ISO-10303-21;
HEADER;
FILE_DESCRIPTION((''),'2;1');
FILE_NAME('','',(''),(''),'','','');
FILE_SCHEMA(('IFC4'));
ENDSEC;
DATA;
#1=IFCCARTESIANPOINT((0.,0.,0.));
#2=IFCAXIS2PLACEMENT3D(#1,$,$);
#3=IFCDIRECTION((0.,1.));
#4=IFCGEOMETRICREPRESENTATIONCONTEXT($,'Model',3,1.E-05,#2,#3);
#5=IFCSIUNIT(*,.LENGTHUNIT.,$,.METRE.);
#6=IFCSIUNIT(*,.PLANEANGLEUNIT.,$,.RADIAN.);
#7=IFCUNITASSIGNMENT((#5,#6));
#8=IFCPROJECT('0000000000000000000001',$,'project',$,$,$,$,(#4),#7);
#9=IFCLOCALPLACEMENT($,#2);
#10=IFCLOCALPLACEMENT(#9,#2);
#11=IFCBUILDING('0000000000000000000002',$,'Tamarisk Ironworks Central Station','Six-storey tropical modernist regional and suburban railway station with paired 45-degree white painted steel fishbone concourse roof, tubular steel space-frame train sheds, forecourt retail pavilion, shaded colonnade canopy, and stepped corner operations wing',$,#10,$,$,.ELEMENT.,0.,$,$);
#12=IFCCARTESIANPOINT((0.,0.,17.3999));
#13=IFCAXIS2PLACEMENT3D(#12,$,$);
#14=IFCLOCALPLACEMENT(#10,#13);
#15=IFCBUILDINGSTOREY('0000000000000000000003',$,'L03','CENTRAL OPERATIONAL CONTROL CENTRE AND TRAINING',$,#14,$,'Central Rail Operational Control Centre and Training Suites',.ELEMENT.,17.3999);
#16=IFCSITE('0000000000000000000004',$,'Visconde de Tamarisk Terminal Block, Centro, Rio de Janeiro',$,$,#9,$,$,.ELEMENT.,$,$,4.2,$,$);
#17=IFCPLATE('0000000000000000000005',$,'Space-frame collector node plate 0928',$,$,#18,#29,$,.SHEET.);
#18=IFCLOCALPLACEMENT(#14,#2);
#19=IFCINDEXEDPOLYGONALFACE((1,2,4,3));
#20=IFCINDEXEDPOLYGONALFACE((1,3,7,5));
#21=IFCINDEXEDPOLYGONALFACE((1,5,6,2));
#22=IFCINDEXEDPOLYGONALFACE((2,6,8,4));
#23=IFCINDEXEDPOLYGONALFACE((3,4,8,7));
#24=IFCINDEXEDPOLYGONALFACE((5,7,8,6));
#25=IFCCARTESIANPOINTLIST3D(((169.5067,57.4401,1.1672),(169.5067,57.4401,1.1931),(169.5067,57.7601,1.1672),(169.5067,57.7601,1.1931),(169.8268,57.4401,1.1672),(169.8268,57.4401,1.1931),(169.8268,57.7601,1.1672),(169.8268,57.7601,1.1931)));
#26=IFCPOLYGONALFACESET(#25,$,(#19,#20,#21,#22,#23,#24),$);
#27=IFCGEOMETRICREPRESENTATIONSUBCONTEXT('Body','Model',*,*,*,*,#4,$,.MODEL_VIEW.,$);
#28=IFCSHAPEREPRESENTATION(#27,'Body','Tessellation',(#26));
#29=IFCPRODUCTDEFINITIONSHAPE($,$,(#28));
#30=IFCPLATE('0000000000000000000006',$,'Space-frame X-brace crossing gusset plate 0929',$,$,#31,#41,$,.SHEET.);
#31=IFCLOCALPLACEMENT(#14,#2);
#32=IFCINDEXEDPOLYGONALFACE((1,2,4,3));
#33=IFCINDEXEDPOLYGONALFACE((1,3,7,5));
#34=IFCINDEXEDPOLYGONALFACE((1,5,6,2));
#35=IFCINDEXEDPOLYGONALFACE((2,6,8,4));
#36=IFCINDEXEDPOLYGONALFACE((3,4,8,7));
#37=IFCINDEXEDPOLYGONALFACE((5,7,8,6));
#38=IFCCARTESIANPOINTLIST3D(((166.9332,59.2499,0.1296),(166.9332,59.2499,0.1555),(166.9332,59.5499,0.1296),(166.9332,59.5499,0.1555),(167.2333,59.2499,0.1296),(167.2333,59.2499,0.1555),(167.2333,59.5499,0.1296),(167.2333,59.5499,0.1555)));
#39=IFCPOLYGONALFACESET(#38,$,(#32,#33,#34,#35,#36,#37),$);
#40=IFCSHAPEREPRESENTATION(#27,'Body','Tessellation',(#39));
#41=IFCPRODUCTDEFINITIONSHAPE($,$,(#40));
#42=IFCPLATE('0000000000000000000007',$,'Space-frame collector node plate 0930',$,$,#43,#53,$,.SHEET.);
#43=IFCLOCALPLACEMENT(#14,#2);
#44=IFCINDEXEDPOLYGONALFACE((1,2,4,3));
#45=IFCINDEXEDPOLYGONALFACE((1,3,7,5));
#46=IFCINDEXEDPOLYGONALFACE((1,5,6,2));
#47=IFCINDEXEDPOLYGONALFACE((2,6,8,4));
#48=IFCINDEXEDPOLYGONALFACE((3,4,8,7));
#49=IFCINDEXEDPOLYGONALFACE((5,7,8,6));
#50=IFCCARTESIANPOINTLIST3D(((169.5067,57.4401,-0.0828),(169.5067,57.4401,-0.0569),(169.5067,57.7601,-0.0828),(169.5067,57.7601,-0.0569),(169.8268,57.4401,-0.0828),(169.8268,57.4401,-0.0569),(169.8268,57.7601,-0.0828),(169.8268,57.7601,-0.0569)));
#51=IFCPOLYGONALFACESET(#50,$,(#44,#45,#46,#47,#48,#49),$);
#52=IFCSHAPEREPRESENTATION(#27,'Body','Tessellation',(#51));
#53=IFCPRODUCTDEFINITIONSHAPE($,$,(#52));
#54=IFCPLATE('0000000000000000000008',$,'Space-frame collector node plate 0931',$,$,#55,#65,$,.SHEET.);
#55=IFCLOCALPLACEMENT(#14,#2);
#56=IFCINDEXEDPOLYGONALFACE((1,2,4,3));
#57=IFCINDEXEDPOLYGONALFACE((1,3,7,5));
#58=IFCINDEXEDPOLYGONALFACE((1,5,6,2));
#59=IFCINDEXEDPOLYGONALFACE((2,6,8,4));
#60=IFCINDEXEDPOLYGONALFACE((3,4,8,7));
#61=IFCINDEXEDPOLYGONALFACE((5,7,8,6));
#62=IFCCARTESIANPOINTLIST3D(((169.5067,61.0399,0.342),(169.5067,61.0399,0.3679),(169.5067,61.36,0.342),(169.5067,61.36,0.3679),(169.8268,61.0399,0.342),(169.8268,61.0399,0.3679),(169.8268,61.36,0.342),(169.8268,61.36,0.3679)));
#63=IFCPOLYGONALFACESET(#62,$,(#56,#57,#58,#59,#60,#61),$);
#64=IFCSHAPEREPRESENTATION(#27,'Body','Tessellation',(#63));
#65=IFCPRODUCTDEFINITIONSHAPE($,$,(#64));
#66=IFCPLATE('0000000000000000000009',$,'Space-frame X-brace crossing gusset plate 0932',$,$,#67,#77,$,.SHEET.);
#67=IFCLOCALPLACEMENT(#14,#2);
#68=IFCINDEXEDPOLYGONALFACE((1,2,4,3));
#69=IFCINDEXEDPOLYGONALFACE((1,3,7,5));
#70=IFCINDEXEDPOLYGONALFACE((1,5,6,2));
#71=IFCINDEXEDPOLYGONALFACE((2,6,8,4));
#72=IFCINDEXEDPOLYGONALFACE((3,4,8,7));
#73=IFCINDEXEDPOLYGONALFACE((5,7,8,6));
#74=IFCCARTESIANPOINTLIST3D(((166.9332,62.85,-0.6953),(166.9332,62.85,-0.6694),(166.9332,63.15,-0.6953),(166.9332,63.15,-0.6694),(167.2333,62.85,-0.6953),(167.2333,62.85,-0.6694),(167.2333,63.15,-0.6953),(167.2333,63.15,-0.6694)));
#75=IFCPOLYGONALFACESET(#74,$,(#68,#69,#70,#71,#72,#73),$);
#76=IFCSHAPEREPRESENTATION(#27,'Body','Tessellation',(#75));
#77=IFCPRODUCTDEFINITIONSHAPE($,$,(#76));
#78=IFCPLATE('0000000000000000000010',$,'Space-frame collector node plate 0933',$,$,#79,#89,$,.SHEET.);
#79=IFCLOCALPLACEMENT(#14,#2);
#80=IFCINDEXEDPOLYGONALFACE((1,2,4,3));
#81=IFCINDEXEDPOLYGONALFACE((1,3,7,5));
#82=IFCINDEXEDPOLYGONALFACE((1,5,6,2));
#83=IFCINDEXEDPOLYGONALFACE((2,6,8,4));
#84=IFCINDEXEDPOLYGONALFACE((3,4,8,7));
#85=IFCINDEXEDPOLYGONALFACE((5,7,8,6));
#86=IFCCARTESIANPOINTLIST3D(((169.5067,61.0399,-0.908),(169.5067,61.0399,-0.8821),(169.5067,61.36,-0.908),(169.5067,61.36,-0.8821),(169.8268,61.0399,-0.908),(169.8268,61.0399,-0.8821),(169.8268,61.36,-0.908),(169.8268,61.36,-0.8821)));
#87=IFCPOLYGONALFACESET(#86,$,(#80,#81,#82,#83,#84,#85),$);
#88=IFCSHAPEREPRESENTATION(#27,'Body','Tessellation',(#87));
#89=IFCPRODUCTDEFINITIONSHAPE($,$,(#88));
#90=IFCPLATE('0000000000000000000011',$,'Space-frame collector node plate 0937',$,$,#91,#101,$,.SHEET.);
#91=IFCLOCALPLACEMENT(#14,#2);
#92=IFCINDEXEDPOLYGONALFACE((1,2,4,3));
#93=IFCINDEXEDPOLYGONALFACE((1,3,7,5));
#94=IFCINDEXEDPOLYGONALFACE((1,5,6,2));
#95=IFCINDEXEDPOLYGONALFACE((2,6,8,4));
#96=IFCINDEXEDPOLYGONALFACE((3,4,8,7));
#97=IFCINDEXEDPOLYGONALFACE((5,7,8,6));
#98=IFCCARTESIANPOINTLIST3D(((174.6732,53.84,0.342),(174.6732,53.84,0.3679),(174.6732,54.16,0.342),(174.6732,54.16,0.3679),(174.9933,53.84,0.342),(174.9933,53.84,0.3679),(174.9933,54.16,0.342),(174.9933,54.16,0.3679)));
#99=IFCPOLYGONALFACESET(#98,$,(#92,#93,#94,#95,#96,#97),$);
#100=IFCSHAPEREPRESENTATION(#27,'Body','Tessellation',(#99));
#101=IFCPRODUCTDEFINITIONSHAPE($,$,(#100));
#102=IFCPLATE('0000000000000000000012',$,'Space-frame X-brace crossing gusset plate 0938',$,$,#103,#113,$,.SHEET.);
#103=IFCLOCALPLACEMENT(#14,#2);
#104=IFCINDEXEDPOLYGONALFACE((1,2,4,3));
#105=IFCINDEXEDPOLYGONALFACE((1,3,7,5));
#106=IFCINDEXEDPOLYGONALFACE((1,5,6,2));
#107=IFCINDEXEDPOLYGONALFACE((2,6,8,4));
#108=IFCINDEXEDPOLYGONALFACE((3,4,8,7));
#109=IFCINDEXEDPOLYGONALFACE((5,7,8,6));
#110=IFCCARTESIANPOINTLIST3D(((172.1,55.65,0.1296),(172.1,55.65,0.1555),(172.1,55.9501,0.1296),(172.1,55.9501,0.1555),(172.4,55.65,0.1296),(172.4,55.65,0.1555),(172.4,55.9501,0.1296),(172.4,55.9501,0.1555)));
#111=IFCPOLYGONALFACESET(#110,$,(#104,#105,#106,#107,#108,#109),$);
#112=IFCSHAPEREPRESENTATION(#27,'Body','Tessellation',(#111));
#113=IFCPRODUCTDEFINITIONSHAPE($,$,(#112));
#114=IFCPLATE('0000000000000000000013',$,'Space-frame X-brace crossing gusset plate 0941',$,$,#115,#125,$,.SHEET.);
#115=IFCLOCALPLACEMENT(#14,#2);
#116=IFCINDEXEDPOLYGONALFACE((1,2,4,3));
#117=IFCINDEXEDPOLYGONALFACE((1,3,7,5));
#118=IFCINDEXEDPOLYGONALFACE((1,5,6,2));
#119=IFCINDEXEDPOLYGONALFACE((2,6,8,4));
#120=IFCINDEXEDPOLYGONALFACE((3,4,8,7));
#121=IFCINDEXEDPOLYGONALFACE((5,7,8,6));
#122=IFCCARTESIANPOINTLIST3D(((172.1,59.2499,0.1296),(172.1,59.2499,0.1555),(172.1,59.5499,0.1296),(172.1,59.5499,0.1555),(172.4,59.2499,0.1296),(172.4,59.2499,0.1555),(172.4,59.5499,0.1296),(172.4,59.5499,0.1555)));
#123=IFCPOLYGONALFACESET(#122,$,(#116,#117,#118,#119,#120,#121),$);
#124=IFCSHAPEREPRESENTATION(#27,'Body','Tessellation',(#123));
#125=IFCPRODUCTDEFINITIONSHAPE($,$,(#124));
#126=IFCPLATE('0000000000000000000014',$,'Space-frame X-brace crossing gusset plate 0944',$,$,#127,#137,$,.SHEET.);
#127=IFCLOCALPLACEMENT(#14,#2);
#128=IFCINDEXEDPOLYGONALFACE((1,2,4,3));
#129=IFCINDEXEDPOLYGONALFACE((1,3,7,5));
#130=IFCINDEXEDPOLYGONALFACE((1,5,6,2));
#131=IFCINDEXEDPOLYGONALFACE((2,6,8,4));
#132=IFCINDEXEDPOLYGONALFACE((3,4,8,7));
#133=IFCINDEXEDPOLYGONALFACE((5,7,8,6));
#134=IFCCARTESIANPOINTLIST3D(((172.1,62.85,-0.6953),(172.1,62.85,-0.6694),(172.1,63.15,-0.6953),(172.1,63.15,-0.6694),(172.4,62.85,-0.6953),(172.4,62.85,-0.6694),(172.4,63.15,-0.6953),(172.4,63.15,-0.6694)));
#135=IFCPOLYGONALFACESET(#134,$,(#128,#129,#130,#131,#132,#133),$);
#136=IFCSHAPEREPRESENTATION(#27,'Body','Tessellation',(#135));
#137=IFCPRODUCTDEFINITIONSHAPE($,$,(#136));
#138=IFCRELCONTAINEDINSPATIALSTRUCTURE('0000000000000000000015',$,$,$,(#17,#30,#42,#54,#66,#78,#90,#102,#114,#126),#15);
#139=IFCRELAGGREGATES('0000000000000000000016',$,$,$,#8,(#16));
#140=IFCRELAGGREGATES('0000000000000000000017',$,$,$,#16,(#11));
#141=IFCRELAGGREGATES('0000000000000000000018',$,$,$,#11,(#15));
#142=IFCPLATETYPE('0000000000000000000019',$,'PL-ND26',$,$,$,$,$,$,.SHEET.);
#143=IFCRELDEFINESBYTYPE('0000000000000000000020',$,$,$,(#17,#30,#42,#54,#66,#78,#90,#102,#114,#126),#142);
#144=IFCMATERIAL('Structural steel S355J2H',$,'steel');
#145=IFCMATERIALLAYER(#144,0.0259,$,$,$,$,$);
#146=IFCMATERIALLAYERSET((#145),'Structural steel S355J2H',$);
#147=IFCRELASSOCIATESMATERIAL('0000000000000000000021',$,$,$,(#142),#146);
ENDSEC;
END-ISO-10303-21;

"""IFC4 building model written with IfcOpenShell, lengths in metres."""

from ifc_helpers import new_model, si_unit, direction, frame, origin, origin_2d, place, context, subcontext, project, spatial, rectangle, extrude, material, layer, layer_set, type_object, element, save


model = new_model("IFC4")

# Units and contexts
model_context = context("Model", 3, precision=1e-05, world=origin(), true_north=direction((0.0, 1.0)))
body_context = subcontext(model_context, "Body", "Model", "MODEL_VIEW")
ifc_project = project(units=[si_unit("LENGTHUNIT", "METRE"), si_unit("PLANEANGLEUNIT", "RADIAN")], contexts=[model_context])

# Site, building, storey
site_placement = place(None, origin())
site = spatial("IfcSite", under=ifc_project, at=site_placement, Name="Visconde de Tamarisk Terminal Block, Centro, Rio de Janeiro", CompositionType="ELEMENT", RefElevation=4.2)
building_placement = place(site_placement, origin())
building = spatial("IfcBuilding", under=site, at=building_placement, Name="Tamarisk Ironworks Central Station", Description="Six-storey tropical modernist regional and suburban railway station with paired 45-degree white painted steel fishbone concourse roof, tubular steel space-frame train sheds, forecourt retail pavilion, shaded colonnade canopy, and stepped corner operations wing", CompositionType="ELEMENT", ElevationOfRefHeight=0.0)
storey_placement = place(building_placement, frame((0.0, 0.0, 17.3999)))
storey = spatial("IfcBuildingStorey", under=building, at=storey_placement, Name="L03", Description="CENTRAL OPERATIONAL CONTROL CENTRE AND TRAINING", LongName="Central Rail Operational Control Centre and Training Suites", CompositionType="ELEMENT", Elevation=17.3999)

# Shared definitions
ifc_material = material(Name="Structural steel S355J2H", Category="steel")

# Plates
ifc_layer = layer(ifc_material, 0.0259)
ifc_layer_set = layer_set([ifc_layer], Name="Structural steel S355J2H")
plate_type = type_object("IfcPlateType", Name="PL-ND26", PredefinedType="SHEET", material=ifc_layer_set)
plate_1_placement = place(storey_placement, frame((169.6667, 57.6001, 1.1672), z_axis=(0.0, 0.0, 1.0), x_axis=(1.0, 0.0, 0.0)))
element("IfcPlate", 1, at=plate_1_placement, inside=storey, type_object=plate_type, Name="Space-frame collector node plate 0928", PredefinedType="SHEET", context=body_context, shape_type="SweptSolid", body=[
    extrude(rectangle(XDim=0.3201, YDim=0.3201, at=origin_2d()), origin(), (0.0, 0.0, 1.0), 0.0259),
])
plate_2_placement = place(storey_placement, frame((167.0833, 59.3999, 0.1296), z_axis=(0.0, 0.0, 1.0), x_axis=(1.0, 0.0, 0.0)))
element("IfcPlate", 2, at=plate_2_placement, inside=storey, type_object=plate_type, Name="Space-frame X-brace crossing gusset plate 0929", PredefinedType="SHEET", context=body_context, shape_type="SweptSolid", body=[
    extrude(rectangle(XDim=0.3, YDim=0.3, at=origin_2d()), origin(), (0.0, 0.0, 1.0), 0.0259),
])
for number, where, z_axis, x_axis, name in (
    (3, (169.6667, 57.6001, -0.0828), (0.0, 0.0, 1.0), (1.0, 0.0, 0.0), "Space-frame collector node plate 0930"),
    (4, (169.6667, 61.2, 0.342), (0.0, 0.0, 1.0), (1.0, 0.0, 0.0), "Space-frame collector node plate 0931"),
):
    element("IfcPlate", number, at=place(storey_placement, frame(where, z_axis=z_axis, x_axis=x_axis)), inside=storey, type_object=plate_type, Name=name, PredefinedType="SHEET", context=body_context, shape_type="SweptSolid", body=[
        extrude(rectangle(XDim=0.3201, YDim=0.3201, at=origin_2d()), origin(), (0.0, 0.0, 1.0), 0.0259),
    ])
plate_3_placement = place(storey_placement, frame((167.0833, 63.0, -0.6953), z_axis=(0.0, 0.0, 1.0), x_axis=(1.0, 0.0, 0.0)))
element("IfcPlate", 5, at=plate_3_placement, inside=storey, type_object=plate_type, Name="Space-frame X-brace crossing gusset plate 0932", PredefinedType="SHEET", context=body_context, shape_type="SweptSolid", body=[
    extrude(rectangle(XDim=0.3, YDim=0.3, at=origin_2d()), origin(), (0.0, 0.0, 1.0), 0.0259),
])
for number, where, z_axis, x_axis, name in (
    (6, (169.6667, 61.2, -0.908), (0.0, 0.0, 1.0), (1.0, 0.0, 0.0), "Space-frame collector node plate 0933"),
    (7, (174.8333, 54.0, 0.342), (0.0, 0.0, 1.0), (1.0, 0.0, 0.0), "Space-frame collector node plate 0937"),
):
    element("IfcPlate", number, at=place(storey_placement, frame(where, z_axis=z_axis, x_axis=x_axis)), inside=storey, type_object=plate_type, Name=name, PredefinedType="SHEET", context=body_context, shape_type="SweptSolid", body=[
        extrude(rectangle(XDim=0.3201, YDim=0.3201, at=origin_2d()), origin(), (0.0, 0.0, 1.0), 0.0259),
    ])
for number, where, z_axis, x_axis, name in (
    (8, (172.25, 55.8, 0.1296), (0.0, 0.0, 1.0), (1.0, 0.0, 0.0), "Space-frame X-brace crossing gusset plate 0938"),
    (9, (172.25, 59.3999, 0.1296), (0.0, 0.0, 1.0), (1.0, 0.0, 0.0), "Space-frame X-brace crossing gusset plate 0941"),
    (10, (172.25, 63.0, -0.6953), (0.0, 0.0, 1.0), (1.0, 0.0, 0.0), "Space-frame X-brace crossing gusset plate 0944"),
):
    element("IfcPlate", number, at=place(storey_placement, frame(where, z_axis=z_axis, x_axis=x_axis)), inside=storey, type_object=plate_type, Name=name, PredefinedType="SHEET", context=body_context, shape_type="SweptSolid", body=[
        extrude(rectangle(XDim=0.3, YDim=0.3, at=origin_2d()), origin(), (0.0, 0.0, 1.0), 0.0259),
    ])

save(model, "model.ifc")
